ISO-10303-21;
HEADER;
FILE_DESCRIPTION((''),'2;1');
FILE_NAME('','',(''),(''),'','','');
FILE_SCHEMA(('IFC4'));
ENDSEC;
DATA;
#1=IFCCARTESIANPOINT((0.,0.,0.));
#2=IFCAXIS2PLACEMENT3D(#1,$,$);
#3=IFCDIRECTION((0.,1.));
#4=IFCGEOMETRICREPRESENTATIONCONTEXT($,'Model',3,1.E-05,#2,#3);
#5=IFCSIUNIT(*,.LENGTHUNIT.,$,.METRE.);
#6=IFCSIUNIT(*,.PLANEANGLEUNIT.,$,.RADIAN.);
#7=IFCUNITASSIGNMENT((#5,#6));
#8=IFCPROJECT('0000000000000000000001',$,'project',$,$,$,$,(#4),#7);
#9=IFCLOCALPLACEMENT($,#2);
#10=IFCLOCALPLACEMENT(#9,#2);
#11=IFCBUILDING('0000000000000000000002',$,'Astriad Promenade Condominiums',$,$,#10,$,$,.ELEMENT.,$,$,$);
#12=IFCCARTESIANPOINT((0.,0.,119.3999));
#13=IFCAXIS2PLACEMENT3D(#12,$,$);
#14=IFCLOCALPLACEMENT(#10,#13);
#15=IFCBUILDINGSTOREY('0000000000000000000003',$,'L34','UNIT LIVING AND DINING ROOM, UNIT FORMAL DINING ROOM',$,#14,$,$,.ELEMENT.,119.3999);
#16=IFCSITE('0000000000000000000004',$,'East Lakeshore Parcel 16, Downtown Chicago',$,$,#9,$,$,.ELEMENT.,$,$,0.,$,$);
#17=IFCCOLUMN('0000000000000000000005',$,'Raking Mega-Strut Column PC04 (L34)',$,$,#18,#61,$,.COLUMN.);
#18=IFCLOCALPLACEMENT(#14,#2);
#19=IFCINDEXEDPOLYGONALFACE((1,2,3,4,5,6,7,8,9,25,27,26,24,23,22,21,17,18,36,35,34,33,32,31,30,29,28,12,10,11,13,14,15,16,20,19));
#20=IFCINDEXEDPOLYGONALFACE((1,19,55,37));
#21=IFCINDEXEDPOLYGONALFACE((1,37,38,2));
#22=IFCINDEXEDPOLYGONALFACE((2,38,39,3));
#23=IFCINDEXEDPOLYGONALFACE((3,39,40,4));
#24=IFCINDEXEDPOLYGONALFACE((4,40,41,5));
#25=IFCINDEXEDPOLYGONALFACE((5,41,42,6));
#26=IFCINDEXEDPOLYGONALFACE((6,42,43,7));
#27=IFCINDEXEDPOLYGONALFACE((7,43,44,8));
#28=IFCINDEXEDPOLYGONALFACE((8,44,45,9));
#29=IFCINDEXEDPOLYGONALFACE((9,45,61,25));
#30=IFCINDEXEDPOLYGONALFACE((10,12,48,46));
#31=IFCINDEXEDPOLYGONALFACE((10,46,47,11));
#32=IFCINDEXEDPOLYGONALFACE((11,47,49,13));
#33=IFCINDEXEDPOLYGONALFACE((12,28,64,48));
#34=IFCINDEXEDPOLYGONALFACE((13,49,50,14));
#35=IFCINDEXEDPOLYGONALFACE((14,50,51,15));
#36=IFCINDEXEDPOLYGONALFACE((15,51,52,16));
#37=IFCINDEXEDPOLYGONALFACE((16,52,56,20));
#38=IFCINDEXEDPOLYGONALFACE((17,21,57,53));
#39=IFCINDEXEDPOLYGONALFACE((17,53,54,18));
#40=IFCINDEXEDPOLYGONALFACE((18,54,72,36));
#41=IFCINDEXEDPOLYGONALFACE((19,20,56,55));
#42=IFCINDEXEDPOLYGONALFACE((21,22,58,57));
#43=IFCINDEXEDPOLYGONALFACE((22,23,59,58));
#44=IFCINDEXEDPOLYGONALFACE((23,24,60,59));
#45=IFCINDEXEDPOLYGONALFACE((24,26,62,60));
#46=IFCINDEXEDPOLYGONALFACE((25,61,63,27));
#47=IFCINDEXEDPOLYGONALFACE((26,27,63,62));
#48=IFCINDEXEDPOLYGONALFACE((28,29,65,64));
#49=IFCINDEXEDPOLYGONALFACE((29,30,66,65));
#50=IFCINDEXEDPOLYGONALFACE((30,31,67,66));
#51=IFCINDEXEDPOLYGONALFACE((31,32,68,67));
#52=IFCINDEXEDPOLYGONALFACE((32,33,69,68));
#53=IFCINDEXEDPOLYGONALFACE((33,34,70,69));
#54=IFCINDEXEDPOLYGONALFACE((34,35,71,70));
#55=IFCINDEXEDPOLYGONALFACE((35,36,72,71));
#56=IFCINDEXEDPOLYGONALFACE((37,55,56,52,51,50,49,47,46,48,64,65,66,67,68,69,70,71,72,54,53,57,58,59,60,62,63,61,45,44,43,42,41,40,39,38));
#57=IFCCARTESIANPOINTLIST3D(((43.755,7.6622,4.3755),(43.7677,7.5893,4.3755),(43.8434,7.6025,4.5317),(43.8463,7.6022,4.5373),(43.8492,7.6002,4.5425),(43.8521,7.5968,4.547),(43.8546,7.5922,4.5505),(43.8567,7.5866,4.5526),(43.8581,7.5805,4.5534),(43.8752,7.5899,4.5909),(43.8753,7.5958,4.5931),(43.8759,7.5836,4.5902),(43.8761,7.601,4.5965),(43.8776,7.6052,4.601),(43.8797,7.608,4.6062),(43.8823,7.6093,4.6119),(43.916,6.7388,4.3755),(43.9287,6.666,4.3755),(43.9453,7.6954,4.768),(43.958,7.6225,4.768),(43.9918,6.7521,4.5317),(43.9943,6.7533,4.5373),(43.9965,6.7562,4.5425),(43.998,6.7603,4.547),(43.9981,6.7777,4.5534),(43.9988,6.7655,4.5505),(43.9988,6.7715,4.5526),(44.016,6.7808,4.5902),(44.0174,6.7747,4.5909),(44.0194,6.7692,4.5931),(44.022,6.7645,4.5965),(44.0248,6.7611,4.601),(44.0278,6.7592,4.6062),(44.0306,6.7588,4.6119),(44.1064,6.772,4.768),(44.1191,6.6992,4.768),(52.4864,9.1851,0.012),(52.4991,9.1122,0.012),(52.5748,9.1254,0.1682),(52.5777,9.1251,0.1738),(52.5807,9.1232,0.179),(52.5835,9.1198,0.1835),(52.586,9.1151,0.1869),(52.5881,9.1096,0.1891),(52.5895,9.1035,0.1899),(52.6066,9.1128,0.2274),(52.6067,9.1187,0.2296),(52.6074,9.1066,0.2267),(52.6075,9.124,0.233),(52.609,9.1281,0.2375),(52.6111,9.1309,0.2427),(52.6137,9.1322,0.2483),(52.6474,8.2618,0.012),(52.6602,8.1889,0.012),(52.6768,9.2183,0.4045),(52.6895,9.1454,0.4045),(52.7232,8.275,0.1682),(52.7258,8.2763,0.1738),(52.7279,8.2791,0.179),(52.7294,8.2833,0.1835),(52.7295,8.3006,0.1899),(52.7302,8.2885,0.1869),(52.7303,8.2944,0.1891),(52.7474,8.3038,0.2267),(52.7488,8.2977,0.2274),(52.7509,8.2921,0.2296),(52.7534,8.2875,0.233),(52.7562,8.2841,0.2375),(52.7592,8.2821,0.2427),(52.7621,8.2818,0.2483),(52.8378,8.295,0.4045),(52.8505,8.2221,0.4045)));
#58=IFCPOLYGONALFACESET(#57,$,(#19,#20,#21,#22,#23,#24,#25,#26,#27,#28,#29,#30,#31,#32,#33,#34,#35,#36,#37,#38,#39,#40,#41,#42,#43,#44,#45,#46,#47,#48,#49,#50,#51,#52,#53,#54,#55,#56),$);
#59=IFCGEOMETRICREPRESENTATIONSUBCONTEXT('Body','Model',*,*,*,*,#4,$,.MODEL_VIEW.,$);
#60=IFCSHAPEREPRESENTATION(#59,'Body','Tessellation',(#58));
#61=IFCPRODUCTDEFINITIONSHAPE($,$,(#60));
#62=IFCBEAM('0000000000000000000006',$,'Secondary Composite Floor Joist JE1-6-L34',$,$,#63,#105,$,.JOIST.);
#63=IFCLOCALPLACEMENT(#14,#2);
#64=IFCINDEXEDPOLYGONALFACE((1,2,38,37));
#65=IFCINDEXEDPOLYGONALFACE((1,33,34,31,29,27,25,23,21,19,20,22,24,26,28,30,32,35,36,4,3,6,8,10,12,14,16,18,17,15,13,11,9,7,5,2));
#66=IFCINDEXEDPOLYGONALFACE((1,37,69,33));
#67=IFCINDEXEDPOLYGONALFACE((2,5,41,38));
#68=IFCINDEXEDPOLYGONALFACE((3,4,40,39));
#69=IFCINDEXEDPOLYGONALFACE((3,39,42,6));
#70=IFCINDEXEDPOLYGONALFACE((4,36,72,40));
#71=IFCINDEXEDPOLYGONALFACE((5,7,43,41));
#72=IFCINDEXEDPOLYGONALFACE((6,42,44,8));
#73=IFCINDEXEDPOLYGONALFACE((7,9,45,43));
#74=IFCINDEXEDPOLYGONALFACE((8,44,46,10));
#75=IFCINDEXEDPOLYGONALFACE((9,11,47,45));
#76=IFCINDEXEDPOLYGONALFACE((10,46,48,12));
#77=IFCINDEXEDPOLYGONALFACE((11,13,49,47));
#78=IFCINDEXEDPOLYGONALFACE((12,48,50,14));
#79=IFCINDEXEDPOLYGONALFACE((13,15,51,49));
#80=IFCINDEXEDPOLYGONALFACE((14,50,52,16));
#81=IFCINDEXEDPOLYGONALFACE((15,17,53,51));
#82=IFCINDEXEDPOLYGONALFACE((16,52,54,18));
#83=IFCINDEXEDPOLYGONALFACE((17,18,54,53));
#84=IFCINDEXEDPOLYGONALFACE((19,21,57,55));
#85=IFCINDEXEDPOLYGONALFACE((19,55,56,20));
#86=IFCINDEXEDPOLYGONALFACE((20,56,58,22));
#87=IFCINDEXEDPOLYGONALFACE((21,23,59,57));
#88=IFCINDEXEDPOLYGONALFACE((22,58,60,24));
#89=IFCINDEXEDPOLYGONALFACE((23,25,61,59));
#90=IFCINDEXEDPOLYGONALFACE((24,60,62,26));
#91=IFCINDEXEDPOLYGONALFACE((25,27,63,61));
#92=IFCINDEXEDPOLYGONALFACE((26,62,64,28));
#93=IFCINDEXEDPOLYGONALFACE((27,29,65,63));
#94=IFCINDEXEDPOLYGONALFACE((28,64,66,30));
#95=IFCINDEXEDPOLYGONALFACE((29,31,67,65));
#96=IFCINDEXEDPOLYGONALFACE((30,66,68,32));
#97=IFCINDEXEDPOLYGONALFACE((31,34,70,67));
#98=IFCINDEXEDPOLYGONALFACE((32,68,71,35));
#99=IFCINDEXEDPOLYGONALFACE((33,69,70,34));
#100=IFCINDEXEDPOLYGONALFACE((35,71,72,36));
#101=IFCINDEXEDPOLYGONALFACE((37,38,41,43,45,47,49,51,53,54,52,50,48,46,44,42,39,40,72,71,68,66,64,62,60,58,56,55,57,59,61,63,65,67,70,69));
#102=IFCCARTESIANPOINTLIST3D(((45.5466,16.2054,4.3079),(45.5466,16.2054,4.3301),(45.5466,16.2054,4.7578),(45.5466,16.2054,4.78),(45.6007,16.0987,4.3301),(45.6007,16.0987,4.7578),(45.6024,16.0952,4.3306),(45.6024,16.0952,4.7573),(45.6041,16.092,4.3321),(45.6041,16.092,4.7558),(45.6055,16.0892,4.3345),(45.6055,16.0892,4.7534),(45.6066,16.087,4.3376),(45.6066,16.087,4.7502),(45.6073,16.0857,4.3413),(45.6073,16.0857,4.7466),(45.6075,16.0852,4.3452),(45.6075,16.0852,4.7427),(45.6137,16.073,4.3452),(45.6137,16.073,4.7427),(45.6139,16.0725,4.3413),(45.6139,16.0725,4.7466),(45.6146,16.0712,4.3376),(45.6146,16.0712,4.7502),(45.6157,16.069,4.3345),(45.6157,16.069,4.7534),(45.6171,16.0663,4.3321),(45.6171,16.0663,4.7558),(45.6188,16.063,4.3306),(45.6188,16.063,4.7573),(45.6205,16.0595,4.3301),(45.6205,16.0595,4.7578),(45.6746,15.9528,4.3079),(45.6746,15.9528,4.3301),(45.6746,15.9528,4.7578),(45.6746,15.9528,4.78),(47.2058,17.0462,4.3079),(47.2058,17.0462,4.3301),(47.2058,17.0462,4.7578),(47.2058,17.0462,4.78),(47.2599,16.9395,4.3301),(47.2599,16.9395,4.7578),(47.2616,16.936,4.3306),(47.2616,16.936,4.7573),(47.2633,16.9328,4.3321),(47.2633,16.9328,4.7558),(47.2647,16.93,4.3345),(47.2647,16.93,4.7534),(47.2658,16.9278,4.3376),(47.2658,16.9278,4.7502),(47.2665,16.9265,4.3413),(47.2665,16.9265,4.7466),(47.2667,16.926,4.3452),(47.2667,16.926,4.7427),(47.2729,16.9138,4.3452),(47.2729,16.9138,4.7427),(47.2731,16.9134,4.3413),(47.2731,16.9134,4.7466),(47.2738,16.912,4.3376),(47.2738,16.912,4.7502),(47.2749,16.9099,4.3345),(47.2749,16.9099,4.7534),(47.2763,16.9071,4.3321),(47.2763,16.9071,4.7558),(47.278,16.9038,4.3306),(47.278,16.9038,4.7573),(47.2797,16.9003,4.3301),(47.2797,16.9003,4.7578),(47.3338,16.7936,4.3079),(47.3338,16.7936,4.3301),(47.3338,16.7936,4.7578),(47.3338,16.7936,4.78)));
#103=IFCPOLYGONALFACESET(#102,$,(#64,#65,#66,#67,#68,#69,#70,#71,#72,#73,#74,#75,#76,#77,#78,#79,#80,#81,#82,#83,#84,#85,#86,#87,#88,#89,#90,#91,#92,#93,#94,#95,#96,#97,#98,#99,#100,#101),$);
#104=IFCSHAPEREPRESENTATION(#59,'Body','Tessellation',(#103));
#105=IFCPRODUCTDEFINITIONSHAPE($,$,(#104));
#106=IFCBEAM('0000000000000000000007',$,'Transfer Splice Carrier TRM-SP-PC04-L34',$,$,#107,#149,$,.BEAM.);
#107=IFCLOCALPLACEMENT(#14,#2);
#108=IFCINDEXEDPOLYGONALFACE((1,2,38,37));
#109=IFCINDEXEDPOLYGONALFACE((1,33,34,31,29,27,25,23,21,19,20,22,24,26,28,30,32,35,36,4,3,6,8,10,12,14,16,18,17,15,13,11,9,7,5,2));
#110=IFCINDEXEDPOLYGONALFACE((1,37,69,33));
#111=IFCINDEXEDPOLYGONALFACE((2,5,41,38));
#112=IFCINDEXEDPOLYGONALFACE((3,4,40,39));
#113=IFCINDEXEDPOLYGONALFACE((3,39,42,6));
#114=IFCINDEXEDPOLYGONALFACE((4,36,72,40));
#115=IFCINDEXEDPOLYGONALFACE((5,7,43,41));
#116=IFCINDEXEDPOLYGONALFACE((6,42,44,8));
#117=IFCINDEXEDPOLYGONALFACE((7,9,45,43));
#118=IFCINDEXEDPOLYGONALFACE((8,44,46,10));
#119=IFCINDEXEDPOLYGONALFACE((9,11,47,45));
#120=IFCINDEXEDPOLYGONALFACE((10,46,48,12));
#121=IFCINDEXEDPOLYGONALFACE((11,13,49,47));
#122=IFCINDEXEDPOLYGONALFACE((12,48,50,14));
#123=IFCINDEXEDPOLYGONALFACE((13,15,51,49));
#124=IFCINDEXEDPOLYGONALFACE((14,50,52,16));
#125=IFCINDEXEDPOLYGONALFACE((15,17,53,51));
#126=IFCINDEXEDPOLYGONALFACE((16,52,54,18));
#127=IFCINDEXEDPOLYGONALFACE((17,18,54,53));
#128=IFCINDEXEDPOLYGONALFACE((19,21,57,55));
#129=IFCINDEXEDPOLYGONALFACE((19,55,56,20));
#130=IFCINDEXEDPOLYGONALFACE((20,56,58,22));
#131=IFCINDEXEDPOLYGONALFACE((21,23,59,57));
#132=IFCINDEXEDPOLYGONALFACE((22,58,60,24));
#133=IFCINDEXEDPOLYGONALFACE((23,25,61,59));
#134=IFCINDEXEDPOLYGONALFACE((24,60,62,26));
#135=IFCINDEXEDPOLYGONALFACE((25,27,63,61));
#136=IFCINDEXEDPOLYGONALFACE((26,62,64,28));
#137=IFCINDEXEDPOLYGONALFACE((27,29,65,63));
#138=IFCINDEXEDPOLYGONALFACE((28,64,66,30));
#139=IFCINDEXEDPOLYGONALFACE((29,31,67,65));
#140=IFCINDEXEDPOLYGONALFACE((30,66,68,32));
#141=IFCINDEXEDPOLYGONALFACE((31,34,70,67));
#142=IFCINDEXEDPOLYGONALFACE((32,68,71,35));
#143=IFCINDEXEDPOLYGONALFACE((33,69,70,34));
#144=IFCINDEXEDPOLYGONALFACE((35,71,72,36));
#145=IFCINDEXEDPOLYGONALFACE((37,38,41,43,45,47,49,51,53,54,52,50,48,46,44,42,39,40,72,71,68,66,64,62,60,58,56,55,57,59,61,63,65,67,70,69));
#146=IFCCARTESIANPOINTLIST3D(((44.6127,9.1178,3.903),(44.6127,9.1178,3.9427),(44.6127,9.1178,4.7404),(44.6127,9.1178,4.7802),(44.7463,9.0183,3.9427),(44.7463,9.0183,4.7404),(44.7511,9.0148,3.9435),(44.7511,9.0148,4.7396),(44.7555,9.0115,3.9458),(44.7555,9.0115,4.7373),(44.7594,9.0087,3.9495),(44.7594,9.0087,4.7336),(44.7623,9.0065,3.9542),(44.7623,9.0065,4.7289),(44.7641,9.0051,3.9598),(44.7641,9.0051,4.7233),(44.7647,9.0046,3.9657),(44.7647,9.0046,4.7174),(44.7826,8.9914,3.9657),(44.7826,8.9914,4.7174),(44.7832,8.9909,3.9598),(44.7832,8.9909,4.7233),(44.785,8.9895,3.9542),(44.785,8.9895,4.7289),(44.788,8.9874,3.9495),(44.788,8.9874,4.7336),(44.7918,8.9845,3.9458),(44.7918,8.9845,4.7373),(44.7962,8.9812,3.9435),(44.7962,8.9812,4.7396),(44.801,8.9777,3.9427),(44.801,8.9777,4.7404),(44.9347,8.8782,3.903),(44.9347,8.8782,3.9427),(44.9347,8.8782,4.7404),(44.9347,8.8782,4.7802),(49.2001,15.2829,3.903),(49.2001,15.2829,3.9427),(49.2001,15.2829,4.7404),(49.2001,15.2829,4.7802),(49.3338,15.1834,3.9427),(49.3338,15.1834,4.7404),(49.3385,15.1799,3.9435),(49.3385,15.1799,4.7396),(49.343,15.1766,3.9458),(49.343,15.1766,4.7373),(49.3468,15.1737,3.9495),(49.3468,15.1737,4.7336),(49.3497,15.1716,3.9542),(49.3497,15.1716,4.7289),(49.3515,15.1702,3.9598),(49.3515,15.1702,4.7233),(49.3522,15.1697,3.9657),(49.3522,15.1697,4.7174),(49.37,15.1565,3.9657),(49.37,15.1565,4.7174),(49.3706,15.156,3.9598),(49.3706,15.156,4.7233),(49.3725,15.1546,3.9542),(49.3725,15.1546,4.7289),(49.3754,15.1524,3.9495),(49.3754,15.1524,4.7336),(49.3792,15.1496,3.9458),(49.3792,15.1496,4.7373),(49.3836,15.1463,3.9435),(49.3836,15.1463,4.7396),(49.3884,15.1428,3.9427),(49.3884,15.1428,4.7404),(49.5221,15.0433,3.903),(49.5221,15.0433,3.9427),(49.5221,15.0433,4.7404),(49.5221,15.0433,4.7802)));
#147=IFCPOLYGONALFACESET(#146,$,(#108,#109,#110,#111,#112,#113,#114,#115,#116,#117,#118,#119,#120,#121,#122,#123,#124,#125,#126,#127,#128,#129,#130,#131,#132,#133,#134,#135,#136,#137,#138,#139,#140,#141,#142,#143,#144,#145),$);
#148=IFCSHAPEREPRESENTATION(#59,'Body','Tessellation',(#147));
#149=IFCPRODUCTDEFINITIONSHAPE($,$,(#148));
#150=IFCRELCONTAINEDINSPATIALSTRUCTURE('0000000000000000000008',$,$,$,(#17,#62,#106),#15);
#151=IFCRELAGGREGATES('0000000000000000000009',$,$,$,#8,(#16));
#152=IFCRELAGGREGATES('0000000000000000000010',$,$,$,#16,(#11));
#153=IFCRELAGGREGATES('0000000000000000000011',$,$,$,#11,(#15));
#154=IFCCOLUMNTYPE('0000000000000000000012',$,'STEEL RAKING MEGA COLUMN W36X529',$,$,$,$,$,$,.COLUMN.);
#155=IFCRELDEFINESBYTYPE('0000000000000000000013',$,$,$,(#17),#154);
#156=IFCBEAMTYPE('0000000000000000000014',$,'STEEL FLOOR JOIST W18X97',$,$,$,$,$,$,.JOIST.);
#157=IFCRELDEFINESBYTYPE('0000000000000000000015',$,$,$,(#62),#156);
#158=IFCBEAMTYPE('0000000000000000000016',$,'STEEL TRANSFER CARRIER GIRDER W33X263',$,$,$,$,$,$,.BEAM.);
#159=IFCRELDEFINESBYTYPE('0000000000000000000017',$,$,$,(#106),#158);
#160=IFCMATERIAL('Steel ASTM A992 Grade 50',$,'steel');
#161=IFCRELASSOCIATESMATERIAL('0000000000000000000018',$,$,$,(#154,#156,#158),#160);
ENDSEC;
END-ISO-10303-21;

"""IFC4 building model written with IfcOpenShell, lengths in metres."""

from ifc_helpers import new_model, si_unit, direction, frame, origin, origin_2d, place, context, subcontext, project, spatial, i_section, extrude, source, transform, mapped, material, material_profile, profile_set, type_object, type_shapes, element, save


model = new_model("IFC4")

# Units and contexts
model_context = context("Model", 3, precision=1e-05, world=origin(), true_north=direction((0.0, 1.0)))
body_context = subcontext(model_context, "Body", "Model", "MODEL_VIEW")
ifc_project = project(units=[si_unit("LENGTHUNIT", "METRE"), si_unit("PLANEANGLEUNIT", "RADIAN")], contexts=[model_context])

# Site, building, storey
site_placement = place(None, origin())
site = spatial("IfcSite", under=ifc_project, at=site_placement, Name="East Lakeshore Parcel 16, Downtown Chicago", CompositionType="ELEMENT", RefElevation=0.0)
building_placement = place(site_placement, origin())
building = spatial("IfcBuilding", under=site, at=building_placement, Name="Astriad Promenade Condominiums", CompositionType="ELEMENT")
storey_placement = place(building_placement, frame((0.0, 0.0, 119.3999)))
storey = spatial("IfcBuildingStorey", under=building, at=storey_placement, Name="L34", Description="UNIT LIVING AND DINING ROOM, UNIT FORMAL DINING ROOM", CompositionType="ELEMENT", Elevation=119.3999)

# Column
ifc_material_1 = material(Name="Steel ASTM A992 Grade 50", Category="steel")
ifc_material_profile_1 = material_profile(ifc_material_1, i_section(OverallWidth=0.4375, OverallDepth=1.0112, WebThickness=0.041, FlangeThickness=0.074, FilletRadius=0.0242, at=origin_2d()), Name="W36X529")
ifc_profile_set_1 = profile_set([ifc_material_profile_1], Name="Steel ASTM A992 Grade 50")
column_type = type_object("IfcColumnType", Name="STEEL RAKING MEGA COLUMN W36X529", PredefinedType="COLUMN", material=ifc_profile_set_1)
shared_shape_1 = source(origin(), body_context, "Body", "SweptSolid", [
    extrude(i_section(OverallWidth=0.4375, OverallDepth=1.0112, WebThickness=0.041, FlangeThickness=0.074, FilletRadius=0.0242, at=origin_2d()), origin(), (0.0, 0.0, 1.0), 9.8792),
])
type_shapes(column_type, [shared_shape_1])
column_placement = place(storey_placement, frame((52.6685, 8.7036, 0.2083), z_axis=(-0.883824, -0.154158, 0.44169), x_axis=(0.435121, 0.075894, 0.897168)))
element("IfcColumn", 1, at=column_placement, inside=storey, type_object=column_type, Name="Raking Mega-Strut Column PC04 (L34)", PredefinedType="COLUMN", context=body_context, shape_type="MappedRepresentation", body=[
    mapped(shared_shape_1, transform((0.0, 0.0, 0.0), scale=1.0)),
])

# Beams
ifc_material_profile_2 = material_profile(ifc_material_1, i_section(OverallWidth=0.2832, OverallDepth=0.4722, WebThickness=0.0137, FlangeThickness=0.0222, FilletRadius=0.0151, at=origin_2d()), Name="W18X97")
ifc_profile_set_2 = profile_set([ifc_material_profile_2], Name="Steel ASTM A992 Grade 50")
beam_type_1 = type_object("IfcBeamType", Name="STEEL FLOOR JOIST W18X97", PredefinedType="JOIST", material=ifc_profile_set_2)
shared_shape_2 = source(origin(), body_context, "Body", "SweptSolid", [
    extrude(i_section(OverallWidth=0.2832, OverallDepth=0.4722, WebThickness=0.0137, FlangeThickness=0.0222, FilletRadius=0.0151, at=origin_2d()), origin(), (0.0, 0.0, 1.0), 1.8601),
])
type_shapes(beam_type_1, [shared_shape_2])
beam_1_placement = place(storey_placement, frame((45.6106, 16.0791, 4.5439), z_axis=(0.891999, 0.452037, 0.0), x_axis=(-0.452037, 0.891999, 0.0)))
element("IfcBeam", 2, at=beam_1_placement, inside=storey, type_object=beam_type_1, Name="Secondary Composite Floor Joist JE1-6-L34", PredefinedType="JOIST", context=body_context, shape_type="MappedRepresentation", body=[
    mapped(shared_shape_2, transform((0.0, 0.0, 0.0), scale=1.0)),
])
ifc_material_profile_3 = material_profile(ifc_material_1, i_section(OverallWidth=0.4014, OverallDepth=0.8772, WebThickness=0.0222, FlangeThickness=0.0398, FilletRadius=0.0229, at=origin_2d()), Name="W33X263")
ifc_profile_set_3 = profile_set([ifc_material_profile_3], Name="Steel ASTM A992 Grade 50")
beam_type_2 = type_object("IfcBeamType", Name="STEEL TRANSFER CARRIER GIRDER W33X263", PredefinedType="BEAM", material=ifc_profile_set_3)
shared_shape_3 = source(origin(), body_context, "Body", "SweptSolid", [
    extrude(i_section(OverallWidth=0.4014, OverallDepth=0.8772, WebThickness=0.0222, FlangeThickness=0.0398, FilletRadius=0.0229, at=origin_2d()), origin(), (0.0, 0.0, 1.0), 7.6846),
])
beam_2_placement = place(storey_placement, frame((49.3611, 15.1631, 4.3416), z_axis=(-0.596966, -0.802266, 0.0), x_axis=(0.802266, -0.596966, 0.0)))
element("IfcBeam", 3, at=beam_2_placement, inside=storey, type_object=beam_type_2, Name="Transfer Splice Carrier TRM-SP-PC04-L34", PredefinedType="BEAM", context=body_context, shape_type="MappedRepresentation", body=[
    mapped(shared_shape_3, transform((0.0, 0.0, 0.0), scale=1.0)),
])

save(model, "model.ifc")
